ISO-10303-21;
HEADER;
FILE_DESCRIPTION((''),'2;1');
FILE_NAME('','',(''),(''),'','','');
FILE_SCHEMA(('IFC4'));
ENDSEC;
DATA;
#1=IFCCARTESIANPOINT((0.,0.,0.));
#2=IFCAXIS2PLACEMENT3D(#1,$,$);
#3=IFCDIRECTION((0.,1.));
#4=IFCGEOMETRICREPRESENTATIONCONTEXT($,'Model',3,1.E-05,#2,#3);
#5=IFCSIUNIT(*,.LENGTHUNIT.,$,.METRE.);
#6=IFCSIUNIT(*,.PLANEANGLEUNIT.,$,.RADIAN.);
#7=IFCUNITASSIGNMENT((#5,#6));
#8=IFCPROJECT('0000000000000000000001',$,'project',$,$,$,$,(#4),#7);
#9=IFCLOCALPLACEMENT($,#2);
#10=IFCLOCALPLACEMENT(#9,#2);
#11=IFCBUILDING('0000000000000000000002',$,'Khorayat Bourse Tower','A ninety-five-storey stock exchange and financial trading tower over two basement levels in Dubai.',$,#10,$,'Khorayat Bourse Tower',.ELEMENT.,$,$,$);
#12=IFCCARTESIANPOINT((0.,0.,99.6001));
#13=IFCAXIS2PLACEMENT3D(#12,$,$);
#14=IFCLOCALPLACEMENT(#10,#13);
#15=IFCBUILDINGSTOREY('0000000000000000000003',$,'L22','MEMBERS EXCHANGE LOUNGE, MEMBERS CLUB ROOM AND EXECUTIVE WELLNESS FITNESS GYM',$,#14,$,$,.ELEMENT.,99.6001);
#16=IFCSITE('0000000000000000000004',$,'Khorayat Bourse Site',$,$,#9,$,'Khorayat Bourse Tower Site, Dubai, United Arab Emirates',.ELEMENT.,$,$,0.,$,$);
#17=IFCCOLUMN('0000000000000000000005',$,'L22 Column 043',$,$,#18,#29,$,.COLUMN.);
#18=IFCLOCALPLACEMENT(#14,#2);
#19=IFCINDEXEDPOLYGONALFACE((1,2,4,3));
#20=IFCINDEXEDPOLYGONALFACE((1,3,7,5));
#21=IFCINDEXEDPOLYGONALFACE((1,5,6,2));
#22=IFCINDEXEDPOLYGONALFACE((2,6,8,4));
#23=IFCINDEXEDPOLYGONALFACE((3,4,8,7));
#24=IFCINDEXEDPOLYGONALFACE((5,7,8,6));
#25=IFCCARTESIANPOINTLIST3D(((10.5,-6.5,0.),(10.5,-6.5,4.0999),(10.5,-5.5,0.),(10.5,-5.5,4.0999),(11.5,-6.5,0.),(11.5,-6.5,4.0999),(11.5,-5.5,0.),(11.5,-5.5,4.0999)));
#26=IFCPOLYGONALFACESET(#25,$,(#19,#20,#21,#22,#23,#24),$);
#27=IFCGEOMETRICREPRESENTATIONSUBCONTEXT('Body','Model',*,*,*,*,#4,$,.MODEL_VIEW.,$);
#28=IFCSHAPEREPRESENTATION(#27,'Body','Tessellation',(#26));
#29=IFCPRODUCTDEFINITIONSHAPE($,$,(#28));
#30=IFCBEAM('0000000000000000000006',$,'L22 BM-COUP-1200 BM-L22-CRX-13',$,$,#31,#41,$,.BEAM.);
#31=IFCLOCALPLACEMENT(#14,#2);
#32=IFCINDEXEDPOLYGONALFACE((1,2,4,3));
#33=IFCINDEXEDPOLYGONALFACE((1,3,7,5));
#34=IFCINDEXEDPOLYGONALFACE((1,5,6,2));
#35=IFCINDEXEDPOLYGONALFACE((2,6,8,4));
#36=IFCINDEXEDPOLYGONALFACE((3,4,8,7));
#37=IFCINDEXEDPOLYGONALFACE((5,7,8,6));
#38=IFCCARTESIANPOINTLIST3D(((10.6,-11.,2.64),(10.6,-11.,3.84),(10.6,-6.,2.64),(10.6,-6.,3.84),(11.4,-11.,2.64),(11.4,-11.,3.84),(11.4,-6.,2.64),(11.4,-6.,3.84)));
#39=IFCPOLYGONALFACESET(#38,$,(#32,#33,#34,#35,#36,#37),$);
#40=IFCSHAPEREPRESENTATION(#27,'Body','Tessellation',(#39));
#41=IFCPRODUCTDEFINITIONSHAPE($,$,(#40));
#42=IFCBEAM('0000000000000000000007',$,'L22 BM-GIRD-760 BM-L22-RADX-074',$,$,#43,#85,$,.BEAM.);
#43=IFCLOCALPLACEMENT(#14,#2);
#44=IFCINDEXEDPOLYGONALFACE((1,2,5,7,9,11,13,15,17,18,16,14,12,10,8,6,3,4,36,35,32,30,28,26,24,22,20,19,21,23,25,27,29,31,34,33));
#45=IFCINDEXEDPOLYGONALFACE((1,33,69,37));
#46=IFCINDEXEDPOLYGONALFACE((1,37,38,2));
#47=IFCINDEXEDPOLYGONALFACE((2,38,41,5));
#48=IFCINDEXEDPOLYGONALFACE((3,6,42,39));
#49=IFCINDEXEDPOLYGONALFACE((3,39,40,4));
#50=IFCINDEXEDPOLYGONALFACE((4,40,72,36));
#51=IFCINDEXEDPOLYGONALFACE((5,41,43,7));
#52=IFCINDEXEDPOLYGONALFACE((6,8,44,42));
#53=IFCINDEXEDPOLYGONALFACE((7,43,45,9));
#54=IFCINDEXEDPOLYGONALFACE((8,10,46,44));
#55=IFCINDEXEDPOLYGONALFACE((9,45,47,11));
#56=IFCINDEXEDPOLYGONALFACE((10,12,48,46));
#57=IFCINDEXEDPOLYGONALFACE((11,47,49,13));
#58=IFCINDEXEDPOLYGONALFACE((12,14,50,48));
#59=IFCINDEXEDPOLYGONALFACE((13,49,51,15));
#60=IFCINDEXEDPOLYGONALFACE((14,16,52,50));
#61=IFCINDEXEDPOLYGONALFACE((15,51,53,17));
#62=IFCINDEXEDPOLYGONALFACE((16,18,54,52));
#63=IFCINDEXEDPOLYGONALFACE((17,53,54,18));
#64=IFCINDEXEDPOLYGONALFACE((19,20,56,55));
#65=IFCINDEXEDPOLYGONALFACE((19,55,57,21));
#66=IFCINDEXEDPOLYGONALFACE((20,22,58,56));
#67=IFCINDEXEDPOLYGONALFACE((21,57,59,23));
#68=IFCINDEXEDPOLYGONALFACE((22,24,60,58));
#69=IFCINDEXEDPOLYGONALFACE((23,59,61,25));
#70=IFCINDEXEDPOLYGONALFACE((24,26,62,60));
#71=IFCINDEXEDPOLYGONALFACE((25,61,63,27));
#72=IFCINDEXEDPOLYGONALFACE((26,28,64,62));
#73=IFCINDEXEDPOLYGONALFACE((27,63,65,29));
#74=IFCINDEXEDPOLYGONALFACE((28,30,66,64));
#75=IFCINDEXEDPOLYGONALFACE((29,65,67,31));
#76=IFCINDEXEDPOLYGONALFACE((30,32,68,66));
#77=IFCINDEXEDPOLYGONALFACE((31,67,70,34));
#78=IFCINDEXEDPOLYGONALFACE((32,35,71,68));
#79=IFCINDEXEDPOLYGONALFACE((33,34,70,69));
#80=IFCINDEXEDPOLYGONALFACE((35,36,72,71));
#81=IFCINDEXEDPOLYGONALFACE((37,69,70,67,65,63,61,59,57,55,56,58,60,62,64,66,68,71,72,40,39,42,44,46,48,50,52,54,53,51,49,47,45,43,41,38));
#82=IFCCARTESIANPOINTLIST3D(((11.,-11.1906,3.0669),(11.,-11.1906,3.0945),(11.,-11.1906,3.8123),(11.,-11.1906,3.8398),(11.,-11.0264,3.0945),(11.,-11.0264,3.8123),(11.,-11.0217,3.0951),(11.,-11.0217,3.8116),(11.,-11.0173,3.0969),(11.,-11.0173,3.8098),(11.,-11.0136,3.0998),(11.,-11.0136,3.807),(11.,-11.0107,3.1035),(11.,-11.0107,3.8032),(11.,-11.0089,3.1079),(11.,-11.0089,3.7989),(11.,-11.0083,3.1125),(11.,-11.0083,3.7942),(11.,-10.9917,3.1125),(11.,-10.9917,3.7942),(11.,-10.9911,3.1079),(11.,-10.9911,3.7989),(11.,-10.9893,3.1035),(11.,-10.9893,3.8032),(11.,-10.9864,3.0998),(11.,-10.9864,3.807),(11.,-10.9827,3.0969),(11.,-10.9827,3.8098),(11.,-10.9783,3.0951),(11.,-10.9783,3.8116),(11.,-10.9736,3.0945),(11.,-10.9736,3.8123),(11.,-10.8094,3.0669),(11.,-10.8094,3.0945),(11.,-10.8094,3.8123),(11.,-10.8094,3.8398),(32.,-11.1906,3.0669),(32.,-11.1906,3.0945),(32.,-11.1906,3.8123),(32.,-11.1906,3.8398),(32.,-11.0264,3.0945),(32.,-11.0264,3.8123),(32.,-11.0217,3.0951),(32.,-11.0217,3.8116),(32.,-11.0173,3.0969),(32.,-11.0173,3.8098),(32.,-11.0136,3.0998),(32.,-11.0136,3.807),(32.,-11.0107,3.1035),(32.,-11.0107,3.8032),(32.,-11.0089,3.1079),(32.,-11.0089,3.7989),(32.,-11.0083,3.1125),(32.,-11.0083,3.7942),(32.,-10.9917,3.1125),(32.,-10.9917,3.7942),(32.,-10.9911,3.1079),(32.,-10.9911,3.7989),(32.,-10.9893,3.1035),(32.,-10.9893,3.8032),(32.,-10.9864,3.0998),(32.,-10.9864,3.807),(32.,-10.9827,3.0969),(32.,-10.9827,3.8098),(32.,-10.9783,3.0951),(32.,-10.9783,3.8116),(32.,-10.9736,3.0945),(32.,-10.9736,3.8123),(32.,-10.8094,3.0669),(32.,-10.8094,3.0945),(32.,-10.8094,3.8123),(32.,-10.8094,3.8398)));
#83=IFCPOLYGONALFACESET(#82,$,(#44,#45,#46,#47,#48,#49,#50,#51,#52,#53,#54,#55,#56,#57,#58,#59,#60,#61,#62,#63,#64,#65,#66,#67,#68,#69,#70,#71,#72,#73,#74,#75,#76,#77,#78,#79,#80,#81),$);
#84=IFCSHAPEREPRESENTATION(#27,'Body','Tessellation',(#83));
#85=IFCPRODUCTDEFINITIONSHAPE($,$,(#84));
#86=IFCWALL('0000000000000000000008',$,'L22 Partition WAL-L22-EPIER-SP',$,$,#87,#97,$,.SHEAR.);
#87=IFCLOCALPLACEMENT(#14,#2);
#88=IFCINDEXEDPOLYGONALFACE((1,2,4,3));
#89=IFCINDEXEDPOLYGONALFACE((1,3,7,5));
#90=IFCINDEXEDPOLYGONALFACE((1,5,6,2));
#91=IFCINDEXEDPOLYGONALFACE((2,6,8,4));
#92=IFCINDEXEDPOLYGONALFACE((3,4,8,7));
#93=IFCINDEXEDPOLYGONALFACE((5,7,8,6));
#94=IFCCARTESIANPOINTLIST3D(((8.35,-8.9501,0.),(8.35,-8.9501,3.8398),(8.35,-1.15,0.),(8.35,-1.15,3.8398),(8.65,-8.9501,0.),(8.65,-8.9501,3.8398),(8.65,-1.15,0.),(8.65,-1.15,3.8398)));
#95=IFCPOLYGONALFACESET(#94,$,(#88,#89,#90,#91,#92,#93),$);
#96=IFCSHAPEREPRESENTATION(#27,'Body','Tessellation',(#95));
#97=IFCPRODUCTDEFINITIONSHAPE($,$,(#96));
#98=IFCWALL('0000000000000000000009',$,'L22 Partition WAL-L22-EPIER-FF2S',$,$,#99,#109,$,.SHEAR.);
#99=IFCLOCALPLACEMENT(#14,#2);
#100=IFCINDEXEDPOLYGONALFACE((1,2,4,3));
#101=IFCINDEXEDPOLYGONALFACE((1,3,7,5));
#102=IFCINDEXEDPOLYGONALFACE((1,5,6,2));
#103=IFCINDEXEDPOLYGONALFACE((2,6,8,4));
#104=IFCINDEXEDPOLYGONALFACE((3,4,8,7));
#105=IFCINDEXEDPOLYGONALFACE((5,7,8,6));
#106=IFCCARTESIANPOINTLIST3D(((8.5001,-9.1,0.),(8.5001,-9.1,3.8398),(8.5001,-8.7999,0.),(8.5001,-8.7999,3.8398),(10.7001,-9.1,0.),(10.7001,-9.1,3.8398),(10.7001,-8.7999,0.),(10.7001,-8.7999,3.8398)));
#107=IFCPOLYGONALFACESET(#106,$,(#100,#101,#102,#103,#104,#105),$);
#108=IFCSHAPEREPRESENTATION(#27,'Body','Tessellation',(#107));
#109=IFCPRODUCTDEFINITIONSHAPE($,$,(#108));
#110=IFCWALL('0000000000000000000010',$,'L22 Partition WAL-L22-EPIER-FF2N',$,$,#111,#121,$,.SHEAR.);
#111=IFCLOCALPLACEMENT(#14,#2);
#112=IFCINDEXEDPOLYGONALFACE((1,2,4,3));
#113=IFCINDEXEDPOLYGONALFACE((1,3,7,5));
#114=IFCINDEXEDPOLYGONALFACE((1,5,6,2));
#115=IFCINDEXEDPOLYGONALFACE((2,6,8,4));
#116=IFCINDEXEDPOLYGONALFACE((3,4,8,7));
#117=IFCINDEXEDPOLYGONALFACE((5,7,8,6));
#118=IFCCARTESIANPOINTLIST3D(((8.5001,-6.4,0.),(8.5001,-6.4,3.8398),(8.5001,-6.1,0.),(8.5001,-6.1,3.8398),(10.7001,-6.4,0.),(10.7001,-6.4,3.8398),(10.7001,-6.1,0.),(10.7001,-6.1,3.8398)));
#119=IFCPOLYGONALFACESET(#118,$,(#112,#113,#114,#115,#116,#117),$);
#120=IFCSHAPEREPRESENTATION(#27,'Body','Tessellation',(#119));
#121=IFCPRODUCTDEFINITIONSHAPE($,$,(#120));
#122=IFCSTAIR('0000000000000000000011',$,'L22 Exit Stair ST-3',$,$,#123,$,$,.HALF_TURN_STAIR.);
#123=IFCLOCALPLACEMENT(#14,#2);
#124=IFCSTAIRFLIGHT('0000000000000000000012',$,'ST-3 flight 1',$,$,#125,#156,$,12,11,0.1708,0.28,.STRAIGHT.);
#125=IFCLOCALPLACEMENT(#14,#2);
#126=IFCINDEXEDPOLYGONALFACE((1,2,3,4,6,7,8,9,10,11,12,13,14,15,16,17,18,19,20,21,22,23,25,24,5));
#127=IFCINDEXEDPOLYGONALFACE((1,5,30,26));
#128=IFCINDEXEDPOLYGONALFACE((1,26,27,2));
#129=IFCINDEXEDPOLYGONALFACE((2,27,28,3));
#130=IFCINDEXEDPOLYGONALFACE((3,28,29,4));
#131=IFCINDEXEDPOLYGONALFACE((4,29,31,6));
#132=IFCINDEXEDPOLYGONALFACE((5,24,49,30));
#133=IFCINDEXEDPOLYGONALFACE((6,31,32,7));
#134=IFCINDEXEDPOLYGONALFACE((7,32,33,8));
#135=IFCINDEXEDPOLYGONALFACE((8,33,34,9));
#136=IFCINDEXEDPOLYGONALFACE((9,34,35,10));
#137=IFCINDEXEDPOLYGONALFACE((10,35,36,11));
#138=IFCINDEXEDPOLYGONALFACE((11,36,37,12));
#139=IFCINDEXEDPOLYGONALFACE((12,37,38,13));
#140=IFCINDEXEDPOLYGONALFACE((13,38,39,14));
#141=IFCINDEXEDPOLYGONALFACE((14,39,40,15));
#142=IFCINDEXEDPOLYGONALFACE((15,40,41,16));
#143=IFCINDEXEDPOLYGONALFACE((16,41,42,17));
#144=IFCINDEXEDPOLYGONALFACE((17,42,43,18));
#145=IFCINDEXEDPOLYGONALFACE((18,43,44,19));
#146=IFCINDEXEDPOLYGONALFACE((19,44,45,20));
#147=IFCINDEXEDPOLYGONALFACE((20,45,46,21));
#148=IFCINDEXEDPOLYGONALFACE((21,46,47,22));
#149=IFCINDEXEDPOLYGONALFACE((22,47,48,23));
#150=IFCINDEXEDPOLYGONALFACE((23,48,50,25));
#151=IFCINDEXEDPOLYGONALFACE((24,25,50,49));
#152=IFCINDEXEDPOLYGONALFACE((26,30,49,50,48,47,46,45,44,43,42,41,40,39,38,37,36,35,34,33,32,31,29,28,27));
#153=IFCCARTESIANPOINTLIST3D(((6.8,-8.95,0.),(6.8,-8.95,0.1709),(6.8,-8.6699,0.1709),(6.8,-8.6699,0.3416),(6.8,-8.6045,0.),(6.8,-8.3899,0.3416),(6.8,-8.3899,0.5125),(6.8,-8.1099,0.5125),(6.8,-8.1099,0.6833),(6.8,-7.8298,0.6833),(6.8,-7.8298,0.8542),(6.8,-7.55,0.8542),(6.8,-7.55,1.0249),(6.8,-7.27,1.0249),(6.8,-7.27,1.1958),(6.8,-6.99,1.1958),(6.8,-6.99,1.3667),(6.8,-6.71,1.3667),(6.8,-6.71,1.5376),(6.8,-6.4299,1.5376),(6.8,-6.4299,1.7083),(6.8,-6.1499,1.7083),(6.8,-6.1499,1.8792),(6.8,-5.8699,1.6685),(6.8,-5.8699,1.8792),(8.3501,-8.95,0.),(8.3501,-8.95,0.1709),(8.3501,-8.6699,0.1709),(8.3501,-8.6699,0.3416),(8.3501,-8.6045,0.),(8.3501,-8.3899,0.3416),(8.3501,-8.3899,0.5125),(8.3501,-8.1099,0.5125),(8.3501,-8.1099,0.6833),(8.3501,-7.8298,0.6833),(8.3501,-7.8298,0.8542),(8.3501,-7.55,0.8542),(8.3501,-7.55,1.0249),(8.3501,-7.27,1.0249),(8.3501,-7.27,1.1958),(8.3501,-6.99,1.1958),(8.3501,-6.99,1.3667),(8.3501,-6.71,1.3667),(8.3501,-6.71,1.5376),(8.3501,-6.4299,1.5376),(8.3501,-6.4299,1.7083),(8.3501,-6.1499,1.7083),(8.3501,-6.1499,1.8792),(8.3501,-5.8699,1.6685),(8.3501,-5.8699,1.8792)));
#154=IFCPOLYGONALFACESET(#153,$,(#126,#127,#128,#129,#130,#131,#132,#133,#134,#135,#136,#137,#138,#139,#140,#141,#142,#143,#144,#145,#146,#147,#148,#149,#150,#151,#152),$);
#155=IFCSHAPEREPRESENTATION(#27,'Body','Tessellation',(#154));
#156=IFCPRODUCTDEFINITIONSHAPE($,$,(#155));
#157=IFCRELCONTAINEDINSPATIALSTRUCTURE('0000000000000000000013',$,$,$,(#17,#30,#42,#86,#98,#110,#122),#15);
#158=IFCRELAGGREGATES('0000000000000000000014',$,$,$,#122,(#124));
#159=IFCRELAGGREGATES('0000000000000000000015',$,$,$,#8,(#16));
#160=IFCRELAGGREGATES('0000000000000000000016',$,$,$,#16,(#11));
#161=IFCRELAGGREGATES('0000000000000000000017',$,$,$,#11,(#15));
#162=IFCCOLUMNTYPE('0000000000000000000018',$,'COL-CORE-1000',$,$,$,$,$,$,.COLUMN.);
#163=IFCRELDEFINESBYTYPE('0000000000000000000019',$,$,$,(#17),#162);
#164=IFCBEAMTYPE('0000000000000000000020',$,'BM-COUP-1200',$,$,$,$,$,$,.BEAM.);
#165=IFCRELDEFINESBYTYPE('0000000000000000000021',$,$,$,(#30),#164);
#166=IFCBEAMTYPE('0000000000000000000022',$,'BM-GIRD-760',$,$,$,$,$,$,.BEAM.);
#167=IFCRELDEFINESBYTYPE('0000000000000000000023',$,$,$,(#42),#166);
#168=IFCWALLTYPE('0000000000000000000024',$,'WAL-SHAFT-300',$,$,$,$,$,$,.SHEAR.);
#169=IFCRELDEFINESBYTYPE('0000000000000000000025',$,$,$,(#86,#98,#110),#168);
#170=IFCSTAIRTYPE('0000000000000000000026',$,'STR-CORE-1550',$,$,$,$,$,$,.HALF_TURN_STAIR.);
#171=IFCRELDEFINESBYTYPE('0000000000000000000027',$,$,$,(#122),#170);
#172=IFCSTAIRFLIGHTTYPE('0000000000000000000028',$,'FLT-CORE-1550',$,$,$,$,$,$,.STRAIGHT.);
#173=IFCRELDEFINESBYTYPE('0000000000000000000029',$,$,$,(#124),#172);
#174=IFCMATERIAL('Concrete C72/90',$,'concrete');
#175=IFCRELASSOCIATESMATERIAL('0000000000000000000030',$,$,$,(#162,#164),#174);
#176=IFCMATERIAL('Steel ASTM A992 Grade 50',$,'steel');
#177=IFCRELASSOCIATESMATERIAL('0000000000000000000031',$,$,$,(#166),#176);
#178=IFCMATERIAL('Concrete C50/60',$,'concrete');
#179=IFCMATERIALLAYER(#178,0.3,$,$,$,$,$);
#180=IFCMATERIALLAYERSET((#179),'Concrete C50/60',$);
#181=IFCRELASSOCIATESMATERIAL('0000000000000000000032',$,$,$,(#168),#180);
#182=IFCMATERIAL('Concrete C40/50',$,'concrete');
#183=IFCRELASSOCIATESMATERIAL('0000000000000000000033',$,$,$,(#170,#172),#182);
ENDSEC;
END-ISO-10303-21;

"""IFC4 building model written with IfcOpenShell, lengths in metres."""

from ifc_helpers import new_model, si_unit, direction, frame, frame_2d, origin, origin_2d, place, context, subcontext, project, spatial, polyline, rectangle, i_section, outline, extrude, source, transform, mapped, material, layer, layer_set, material_profile, profile_set, type_object, element, aggregate, save


model = new_model("IFC4")

# Units and contexts
model_context = context("Model", 3, precision=1e-05, world=origin(), true_north=direction((0.0, 1.0)))
body_context = subcontext(model_context, "Body", "Model", "MODEL_VIEW")
ifc_project = project(units=[si_unit("LENGTHUNIT", "METRE"), si_unit("PLANEANGLEUNIT", "RADIAN")], contexts=[model_context])

# Site, building, storey
site_placement = place(None, origin())
site = spatial("IfcSite", under=ifc_project, at=site_placement, Name="Khorayat Bourse Site", LongName="Khorayat Bourse Tower Site, Dubai, United Arab Emirates", CompositionType="ELEMENT", RefElevation=0.0)
building_placement = place(site_placement, origin())
building = spatial("IfcBuilding", under=site, at=building_placement, Name="Khorayat Bourse Tower", Description="A ninety-five-storey stock exchange and financial trading tower over two basement levels in Dubai.", LongName="Khorayat Bourse Tower", CompositionType="ELEMENT")
storey_placement = place(building_placement, frame((0.0, 0.0, 99.6001)))
storey = spatial("IfcBuildingStorey", under=building, at=storey_placement, Name="L22", Description="MEMBERS EXCHANGE LOUNGE, MEMBERS CLUB ROOM AND EXECUTIVE WELLNESS FITNESS GYM", CompositionType="ELEMENT", Elevation=99.6001)

# Column
ifc_material_1 = material(Name="Concrete C72/90", Category="concrete")
ifc_material_profile_1 = material_profile(ifc_material_1, rectangle(XDim=1.0, YDim=1.0, at=origin_2d()), Name="RC 1000x1000")
ifc_profile_set_1 = profile_set([ifc_material_profile_1], Name="Concrete C72/90")
column_type = type_object("IfcColumnType", Name="COL-CORE-1000", PredefinedType="COLUMN", material=ifc_profile_set_1)
shared_shape_1 = source(origin(), body_context, "Body", "SweptSolid", [
    extrude(rectangle(XDim=1.0, YDim=1.0, at=origin_2d()), origin(), (0.0, 0.0, 1.0), 4.0999),
])
column_placement = place(storey_placement, frame((11.0, -6.0, 0.0), z_axis=(0.0, 0.0, 1.0), x_axis=(1.0, 0.0, 0.0)))
element("IfcColumn", 1, at=column_placement, inside=storey, type_object=column_type, Name="L22 Column 043", PredefinedType="COLUMN", context=body_context, shape_type="MappedRepresentation", body=[
    mapped(shared_shape_1, transform((0.0, 0.0, 0.0), scale=1.0)),
])

# Beams
ifc_material_profile_2 = material_profile(ifc_material_1, rectangle(XDim=0.8, YDim=1.2, at=origin_2d()), Name="RC 800x1200")
ifc_profile_set_2 = profile_set([ifc_material_profile_2], Name="Concrete C72/90")
beam_type_1 = type_object("IfcBeamType", Name="BM-COUP-1200", PredefinedType="BEAM", material=ifc_profile_set_2)
shared_shape_2 = source(origin(), body_context, "Body", "SweptSolid", [
    extrude(rectangle(XDim=0.8, YDim=1.2, at=origin_2d()), origin(), (0.0, 0.0, 1.0), 5.0),
])
beam_1_placement = place(storey_placement, frame((11.0, -11.0, 3.24), z_axis=(0.0, 1.0, 0.0), x_axis=(-1.0, 0.0, 0.0)))
element("IfcBeam", 2, at=beam_1_placement, inside=storey, type_object=beam_type_1, Name="L22 BM-COUP-1200 BM-L22-CRX-13", PredefinedType="BEAM", context=body_context, shape_type="MappedRepresentation", body=[
    mapped(shared_shape_2, transform((0.0, 0.0, 0.0), scale=1.0)),
])
ifc_material_2 = material(Name="Steel ASTM A992 Grade 50", Category="steel")
ifc_material_profile_3 = material_profile(ifc_material_2, i_section(OverallWidth=0.3811, OverallDepth=0.7729, WebThickness=0.0166, FlangeThickness=0.0276, FilletRadius=0.0181, at=origin_2d()), Name="W760X257")
ifc_profile_set_3 = profile_set([ifc_material_profile_3], Name="Steel ASTM A992 Grade 50")
beam_type_2 = type_object("IfcBeamType", Name="BM-GIRD-760", PredefinedType="BEAM", material=ifc_profile_set_3)
shared_shape_3 = source(origin(), body_context, "Body", "SweptSolid", [
    extrude(i_section(OverallWidth=0.3811, OverallDepth=0.7729, WebThickness=0.0166, FlangeThickness=0.0276, FilletRadius=0.0181, at=origin_2d()), origin(), (0.0, 0.0, 1.0), 21.0),
])
beam_2_placement = place(storey_placement, frame((11.0, -11.0, 3.4534), z_axis=(1.0, 0.0, 0.0), x_axis=(0.0, 1.0, 0.0)))
element("IfcBeam", 3, at=beam_2_placement, inside=storey, type_object=beam_type_2, Name="L22 BM-GIRD-760 BM-L22-RADX-074", PredefinedType="BEAM", context=body_context, shape_type="MappedRepresentation", body=[
    mapped(shared_shape_3, transform((0.0, 0.0, 0.0), scale=1.0)),
])

# Walls
ifc_material_3 = material(Name="Concrete C50/60", Category="concrete")
ifc_layer = layer(ifc_material_3, 0.3)
ifc_layer_set = layer_set([ifc_layer], Name="Concrete C50/60")
wall_type = type_object("IfcWallType", Name="WAL-SHAFT-300", PredefinedType="SHEAR", material=ifc_layer_set)
shared_shape_4 = source(origin(), body_context, "Body", "SweptSolid", [
    extrude(rectangle(XDim=7.8, YDim=0.3, at=frame_2d((3.8999, 0.0))), origin(), (0.0, 0.0, 1.0), 3.8398),
])
wall_placement = place(storey_placement, frame((8.5, -8.95, 0.0), z_axis=(0.0, 0.0, 1.0), x_axis=(0.0, 1.0, 0.0)))
element("IfcWall", 4, at=wall_placement, inside=storey, type_object=wall_type, Name="L22 Partition WAL-L22-EPIER-SP", PredefinedType="SHEAR", context=body_context, shape_type="MappedRepresentation", body=[
    mapped(shared_shape_4, transform((0.0, 0.0, 0.0), scale=1.0)),
])
shared_shape_5 = source(origin(), body_context, "Body", "SweptSolid", [
    extrude(rectangle(XDim=2.2, YDim=0.3, at=frame_2d((1.1001, 0.0))), origin(), (0.0, 0.0, 1.0), 3.8398),
])
for number, where, z_axis, x_axis, name in (
    (5, (8.5, -8.95, 0.0), (0.0, 0.0, 1.0), (1.0, 0.0, 0.0), "L22 Partition WAL-L22-EPIER-FF2S"),
    (6, (8.5, -6.25, 0.0), (0.0, 0.0, 1.0), (1.0, 0.0, 0.0), "L22 Partition WAL-L22-EPIER-FF2N"),
):
    element("IfcWall", number, at=place(storey_placement, frame(where, z_axis=z_axis, x_axis=x_axis)), inside=storey, type_object=wall_type, Name=name, PredefinedType="SHEAR", context=body_context, shape_type="MappedRepresentation", body=[
        mapped(shared_shape_5, transform((0.0, 0.0, 0.0), scale=1.0)),
    ])

# Stair, stair flight
ifc_material_4 = material(Name="Concrete C40/50", Category="concrete")
stair_type = type_object("IfcStairType", Name="STR-CORE-1550", PredefinedType="HALF_TURN_STAIR", material=ifc_material_4)
stair_placement = place(storey_placement, origin())
stair = element("IfcStair", 7, at=stair_placement, inside=storey, type_object=stair_type, Name="L22 Exit Stair ST-3", PredefinedType="HALF_TURN_STAIR")
stair_flight_type = type_object("IfcStairFlightType", Name="FLT-CORE-1550", PredefinedType="STRAIGHT", material=ifc_material_4)
shared_shape_6 = source(origin(), body_context, "Body", "SweptSolid", [
    extrude(outline(polyline([(0.0, 0.0), (0.0, 0.1709), (0.28, 0.1709), (0.28, 0.3416), (0.5601, 0.3416), (0.5601, 0.5125), (0.8401, 0.5125), (0.8401, 0.6833), (1.1201, 0.6833), (1.1201, 0.8542), (1.3999, 0.8542), (1.3999, 1.0249), (1.6799, 1.0249), (1.6799, 1.1958), (1.96, 1.1958), (1.96, 1.3667), (2.24, 1.3667), (2.24, 1.5376), (2.52, 1.5376), (2.52, 1.7083), (2.8, 1.7083), (2.8, 1.8792), (3.0801, 1.8792), (3.0801, 2.05), (3.0801, 1.6685), (0.3455, 0.0), (0.0, 0.0)])), frame((0.0, 0.7749, 0.0), z_axis=(0.0, -1.0, 0.0), x_axis=(1.0, 0.0, 0.0)), (0.0, 0.0, 1.0), 1.55),
])
stair_flight_placement = place(storey_placement, frame((7.575, -8.95, 0.0), z_axis=(0.0, 0.0, 1.0), x_axis=(0.0, 1.0, 0.0)))
stair_flight = element("IfcStairFlight", 8, at=stair_flight_placement, type_object=stair_flight_type, Name="ST-3 flight 1", NumberOfRisers=12, NumberOfTreads=11, PredefinedType="STRAIGHT", RiserHeight=0.1708, TreadLength=0.28, context=body_context, shape_type="MappedRepresentation", body=[
    mapped(shared_shape_6, transform((0.0, 0.0, 0.0), scale=1.0)),
])
aggregate(stair, [stair_flight])

save(model, "model.ifc")
